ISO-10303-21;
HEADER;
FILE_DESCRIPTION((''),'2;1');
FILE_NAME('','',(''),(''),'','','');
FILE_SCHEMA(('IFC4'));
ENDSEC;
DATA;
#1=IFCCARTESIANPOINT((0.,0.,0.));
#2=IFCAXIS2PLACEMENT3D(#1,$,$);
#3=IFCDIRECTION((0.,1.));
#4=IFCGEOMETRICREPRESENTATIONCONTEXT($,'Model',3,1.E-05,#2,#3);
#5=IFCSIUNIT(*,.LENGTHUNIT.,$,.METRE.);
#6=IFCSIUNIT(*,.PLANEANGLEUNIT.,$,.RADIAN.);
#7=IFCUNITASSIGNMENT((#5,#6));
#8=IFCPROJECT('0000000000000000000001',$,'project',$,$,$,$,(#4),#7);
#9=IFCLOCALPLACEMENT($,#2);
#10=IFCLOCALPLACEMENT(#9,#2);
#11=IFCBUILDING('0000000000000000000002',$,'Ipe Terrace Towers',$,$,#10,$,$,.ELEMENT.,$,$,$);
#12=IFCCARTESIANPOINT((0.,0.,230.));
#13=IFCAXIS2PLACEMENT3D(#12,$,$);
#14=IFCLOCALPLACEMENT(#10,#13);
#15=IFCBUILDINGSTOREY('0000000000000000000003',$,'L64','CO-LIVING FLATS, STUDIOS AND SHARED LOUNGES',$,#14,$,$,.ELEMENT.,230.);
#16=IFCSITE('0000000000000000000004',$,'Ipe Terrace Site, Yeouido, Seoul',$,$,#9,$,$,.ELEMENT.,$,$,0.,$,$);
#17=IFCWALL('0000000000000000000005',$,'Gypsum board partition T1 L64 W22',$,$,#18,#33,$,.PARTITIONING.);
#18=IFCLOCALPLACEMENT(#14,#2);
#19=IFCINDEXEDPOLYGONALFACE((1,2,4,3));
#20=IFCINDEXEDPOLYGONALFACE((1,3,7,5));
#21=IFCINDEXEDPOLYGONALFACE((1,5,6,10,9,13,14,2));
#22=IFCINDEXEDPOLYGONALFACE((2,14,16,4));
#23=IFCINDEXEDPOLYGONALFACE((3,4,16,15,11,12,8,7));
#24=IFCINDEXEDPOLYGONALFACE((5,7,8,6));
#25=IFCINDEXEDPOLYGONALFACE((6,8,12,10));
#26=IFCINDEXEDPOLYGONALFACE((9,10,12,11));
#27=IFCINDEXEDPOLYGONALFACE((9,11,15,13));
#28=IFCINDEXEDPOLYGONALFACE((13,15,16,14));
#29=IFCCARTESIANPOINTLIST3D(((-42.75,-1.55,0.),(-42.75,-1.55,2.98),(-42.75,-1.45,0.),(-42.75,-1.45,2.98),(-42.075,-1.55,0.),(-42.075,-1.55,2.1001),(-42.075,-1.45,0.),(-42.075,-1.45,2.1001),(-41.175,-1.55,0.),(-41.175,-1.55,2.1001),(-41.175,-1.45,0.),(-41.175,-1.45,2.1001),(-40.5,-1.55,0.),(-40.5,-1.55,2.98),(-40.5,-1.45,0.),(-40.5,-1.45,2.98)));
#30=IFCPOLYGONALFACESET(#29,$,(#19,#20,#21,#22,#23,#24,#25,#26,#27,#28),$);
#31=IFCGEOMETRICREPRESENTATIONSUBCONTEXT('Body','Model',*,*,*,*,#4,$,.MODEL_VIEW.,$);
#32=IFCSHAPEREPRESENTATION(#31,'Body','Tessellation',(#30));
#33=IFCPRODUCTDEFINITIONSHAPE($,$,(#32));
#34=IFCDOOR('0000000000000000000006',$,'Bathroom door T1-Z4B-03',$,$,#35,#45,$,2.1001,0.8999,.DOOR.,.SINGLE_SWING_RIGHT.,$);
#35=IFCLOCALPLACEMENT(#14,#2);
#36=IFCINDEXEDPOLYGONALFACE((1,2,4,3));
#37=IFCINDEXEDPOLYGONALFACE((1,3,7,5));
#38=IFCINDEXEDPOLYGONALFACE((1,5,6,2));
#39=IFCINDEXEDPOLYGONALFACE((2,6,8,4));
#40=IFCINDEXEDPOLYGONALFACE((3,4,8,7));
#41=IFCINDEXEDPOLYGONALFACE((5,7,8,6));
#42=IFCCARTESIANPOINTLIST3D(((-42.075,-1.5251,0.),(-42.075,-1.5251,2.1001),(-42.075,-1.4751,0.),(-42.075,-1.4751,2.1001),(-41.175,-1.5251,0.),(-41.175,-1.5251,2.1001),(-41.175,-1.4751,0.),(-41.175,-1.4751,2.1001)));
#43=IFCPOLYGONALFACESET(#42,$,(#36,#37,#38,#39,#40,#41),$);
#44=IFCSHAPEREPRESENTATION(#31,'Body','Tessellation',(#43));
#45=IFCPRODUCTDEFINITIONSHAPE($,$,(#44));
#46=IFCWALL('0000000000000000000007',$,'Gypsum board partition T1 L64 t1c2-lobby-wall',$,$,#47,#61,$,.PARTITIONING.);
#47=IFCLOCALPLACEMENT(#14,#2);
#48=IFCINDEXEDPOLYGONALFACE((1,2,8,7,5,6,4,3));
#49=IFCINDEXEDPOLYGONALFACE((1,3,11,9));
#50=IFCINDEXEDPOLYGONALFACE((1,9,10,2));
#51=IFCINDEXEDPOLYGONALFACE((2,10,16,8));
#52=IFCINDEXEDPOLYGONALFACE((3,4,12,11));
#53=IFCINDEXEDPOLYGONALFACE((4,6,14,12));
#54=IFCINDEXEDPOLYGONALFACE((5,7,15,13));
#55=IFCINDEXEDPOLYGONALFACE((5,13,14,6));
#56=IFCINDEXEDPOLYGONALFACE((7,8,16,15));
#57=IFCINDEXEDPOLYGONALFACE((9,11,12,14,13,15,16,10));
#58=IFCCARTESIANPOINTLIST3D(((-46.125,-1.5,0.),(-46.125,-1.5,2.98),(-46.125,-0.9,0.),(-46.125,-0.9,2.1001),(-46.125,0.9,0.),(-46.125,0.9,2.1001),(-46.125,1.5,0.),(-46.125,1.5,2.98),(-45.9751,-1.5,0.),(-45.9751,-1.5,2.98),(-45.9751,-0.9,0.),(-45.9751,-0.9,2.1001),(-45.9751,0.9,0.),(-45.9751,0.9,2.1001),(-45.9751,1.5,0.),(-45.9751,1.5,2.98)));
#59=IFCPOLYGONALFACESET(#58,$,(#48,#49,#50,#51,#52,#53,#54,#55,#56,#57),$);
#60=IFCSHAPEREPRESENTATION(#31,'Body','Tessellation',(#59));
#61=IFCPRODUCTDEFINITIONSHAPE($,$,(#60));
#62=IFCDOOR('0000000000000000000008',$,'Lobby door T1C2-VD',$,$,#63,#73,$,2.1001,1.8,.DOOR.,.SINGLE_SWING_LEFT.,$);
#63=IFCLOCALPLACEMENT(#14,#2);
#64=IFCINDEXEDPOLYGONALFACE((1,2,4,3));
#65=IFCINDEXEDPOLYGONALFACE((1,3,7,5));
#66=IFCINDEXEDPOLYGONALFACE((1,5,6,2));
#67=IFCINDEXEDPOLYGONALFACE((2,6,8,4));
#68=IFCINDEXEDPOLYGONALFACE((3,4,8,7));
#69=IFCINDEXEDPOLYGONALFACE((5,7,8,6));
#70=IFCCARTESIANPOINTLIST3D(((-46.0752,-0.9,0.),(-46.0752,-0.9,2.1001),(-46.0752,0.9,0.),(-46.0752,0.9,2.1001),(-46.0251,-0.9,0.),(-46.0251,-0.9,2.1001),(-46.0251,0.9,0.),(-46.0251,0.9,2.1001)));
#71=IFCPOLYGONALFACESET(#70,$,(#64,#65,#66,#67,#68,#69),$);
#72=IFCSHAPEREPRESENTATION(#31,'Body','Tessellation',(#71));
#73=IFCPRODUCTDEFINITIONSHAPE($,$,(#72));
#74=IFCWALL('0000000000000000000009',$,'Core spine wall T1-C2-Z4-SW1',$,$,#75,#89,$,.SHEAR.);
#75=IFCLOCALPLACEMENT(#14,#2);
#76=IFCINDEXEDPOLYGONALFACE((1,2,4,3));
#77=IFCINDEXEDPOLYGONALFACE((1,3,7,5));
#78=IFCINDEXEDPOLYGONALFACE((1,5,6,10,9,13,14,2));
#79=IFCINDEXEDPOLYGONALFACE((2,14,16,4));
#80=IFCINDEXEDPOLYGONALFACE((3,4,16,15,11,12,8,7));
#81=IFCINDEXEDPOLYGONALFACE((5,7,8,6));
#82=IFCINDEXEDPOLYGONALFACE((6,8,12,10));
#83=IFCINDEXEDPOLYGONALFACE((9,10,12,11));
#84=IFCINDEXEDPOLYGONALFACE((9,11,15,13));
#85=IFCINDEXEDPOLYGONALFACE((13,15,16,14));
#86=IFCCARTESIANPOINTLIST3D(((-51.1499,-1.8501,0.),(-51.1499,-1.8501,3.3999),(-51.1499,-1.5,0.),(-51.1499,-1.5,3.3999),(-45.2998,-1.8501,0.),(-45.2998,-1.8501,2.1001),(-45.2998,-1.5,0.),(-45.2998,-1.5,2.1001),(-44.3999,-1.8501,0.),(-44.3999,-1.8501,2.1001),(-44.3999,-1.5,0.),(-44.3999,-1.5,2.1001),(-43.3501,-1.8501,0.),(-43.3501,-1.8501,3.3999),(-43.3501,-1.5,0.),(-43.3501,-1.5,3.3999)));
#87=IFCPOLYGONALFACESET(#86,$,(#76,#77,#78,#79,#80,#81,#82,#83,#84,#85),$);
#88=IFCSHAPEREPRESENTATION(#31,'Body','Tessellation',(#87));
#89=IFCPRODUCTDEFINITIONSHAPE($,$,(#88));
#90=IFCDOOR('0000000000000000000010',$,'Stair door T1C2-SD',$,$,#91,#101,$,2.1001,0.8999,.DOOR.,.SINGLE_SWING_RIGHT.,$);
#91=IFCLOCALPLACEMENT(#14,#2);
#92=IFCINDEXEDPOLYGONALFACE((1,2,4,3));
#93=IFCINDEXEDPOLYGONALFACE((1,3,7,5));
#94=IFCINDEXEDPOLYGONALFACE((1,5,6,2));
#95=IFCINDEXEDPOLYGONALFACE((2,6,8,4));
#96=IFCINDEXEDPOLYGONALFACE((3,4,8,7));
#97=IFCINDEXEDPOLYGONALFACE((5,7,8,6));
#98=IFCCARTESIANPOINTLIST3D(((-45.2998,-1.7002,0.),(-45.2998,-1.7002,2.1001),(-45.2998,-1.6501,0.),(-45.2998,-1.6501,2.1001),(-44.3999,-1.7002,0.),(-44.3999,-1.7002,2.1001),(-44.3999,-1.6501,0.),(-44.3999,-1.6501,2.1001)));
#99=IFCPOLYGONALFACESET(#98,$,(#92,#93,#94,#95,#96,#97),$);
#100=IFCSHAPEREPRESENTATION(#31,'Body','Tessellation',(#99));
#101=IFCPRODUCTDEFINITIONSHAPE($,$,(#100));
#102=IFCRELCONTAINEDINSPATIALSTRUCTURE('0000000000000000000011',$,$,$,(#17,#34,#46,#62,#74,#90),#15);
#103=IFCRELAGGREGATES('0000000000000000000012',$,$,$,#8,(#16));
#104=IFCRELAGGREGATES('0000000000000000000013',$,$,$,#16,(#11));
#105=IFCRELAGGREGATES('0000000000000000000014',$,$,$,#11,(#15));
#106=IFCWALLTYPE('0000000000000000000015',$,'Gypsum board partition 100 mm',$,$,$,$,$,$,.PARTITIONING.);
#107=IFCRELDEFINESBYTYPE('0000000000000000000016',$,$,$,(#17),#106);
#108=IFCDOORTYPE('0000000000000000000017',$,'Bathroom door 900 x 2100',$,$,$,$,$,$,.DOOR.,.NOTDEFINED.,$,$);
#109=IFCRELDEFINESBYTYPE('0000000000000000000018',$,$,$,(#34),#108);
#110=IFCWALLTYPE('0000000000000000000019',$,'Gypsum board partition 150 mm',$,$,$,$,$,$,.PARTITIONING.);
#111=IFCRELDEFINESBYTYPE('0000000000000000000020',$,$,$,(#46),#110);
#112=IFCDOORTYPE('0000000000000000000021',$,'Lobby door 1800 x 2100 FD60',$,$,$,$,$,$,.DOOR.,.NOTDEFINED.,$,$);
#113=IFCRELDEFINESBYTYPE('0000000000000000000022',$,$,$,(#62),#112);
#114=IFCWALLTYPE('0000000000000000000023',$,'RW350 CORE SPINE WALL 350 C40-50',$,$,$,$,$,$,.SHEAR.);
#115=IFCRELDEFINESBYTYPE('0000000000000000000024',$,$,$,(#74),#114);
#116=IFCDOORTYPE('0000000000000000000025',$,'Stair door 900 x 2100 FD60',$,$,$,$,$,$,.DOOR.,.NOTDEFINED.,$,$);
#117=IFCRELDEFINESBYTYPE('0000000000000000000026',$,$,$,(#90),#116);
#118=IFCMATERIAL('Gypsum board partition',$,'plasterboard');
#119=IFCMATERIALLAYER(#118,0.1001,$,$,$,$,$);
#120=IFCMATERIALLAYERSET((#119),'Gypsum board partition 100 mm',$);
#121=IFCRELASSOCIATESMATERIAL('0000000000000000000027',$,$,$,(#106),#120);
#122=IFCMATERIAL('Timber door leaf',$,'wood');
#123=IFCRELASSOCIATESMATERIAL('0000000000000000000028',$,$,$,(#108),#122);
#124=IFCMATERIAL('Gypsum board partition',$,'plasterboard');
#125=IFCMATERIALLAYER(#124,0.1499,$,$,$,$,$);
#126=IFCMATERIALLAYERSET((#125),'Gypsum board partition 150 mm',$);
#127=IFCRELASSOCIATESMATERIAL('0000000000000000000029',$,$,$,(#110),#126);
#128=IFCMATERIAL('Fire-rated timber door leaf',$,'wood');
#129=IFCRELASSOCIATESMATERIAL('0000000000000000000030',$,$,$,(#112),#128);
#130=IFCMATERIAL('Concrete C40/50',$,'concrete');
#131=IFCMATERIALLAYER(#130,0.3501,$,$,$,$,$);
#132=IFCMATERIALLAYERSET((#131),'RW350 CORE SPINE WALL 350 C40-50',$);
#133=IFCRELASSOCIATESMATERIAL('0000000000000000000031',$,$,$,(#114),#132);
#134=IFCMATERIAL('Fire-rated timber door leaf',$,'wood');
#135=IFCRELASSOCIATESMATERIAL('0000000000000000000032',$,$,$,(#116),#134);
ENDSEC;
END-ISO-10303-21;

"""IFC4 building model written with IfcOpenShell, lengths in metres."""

from ifc_helpers import new_model, si_unit, direction, frame, frame_2d, origin, place, context, subcontext, project, spatial, rectangle, extrude, material, layer, layer_set, type_object, element, fill, save


model = new_model("IFC4")

# Units and contexts
model_context = context("Model", 3, precision=1e-05, world=origin(), true_north=direction((0.0, 1.0)))
body_context = subcontext(model_context, "Body", "Model", "MODEL_VIEW")
ifc_project = project(units=[si_unit("LENGTHUNIT", "METRE"), si_unit("PLANEANGLEUNIT", "RADIAN")], contexts=[model_context])

# Site, building, storey
site_placement = place(None, origin())
site = spatial("IfcSite", under=ifc_project, at=site_placement, Name="Ipe Terrace Site, Yeouido, Seoul", CompositionType="ELEMENT", RefElevation=0.0)
building_placement = place(site_placement, origin())
building = spatial("IfcBuilding", under=site, at=building_placement, Name="Ipe Terrace Towers", CompositionType="ELEMENT")
storey_placement = place(building_placement, frame((0.0, 0.0, 230.0)))
storey = spatial("IfcBuildingStorey", under=building, at=storey_placement, Name="L64", Description="CO-LIVING FLATS, STUDIOS AND SHARED LOUNGES", CompositionType="ELEMENT", Elevation=230.0)

# Walls, openings, doors
ifc_material_1 = material(Name="Gypsum board partition", Category="plasterboard")
ifc_layer_1 = layer(ifc_material_1, 0.1001)
ifc_layer_set_1 = layer_set([ifc_layer_1], Name="Gypsum board partition 100 mm")
wall_type_1 = type_object("IfcWallType", Name="Gypsum board partition 100 mm", PredefinedType="PARTITIONING", material=ifc_layer_set_1)
wall_1_placement = place(storey_placement, frame((-42.75, -1.5, 0.0), z_axis=(0.0, 0.0, 1.0), x_axis=(1.0, 0.0, 0.0)))
wall_1 = element("IfcWall", 1, at=wall_1_placement, inside=storey, type_object=wall_type_1, Name="Gypsum board partition T1 L64 W22", PredefinedType="PARTITIONING", context=body_context, shape_type="SweptSolid", body=[
    extrude(rectangle(XDim=2.25, YDim=0.1001, at=frame_2d((1.125, 0.0))), origin(), (0.0, 0.0, 1.0), 2.98),
])
opening_1_placement = place(wall_1_placement, frame((0.675, 0.0, 0.0)))
opening_1 = element("IfcOpeningElement", 2, at=opening_1_placement, cuts=wall_1, PredefinedType="OPENING", context=body_context, shape_type="SweptSolid", body=[
    extrude(rectangle(XDim=0.8999, YDim=2.1001, at=frame_2d((0.45, 1.05))), frame((0.0, 0.0601, 0.0), z_axis=(0.0, -1.0, 0.0), x_axis=(1.0, 0.0, 0.0)), (0.0, 0.0, 1.0), 0.1201),
])
ifc_material_2 = material(Name="Timber door leaf", Category="wood")
door_type_1 = type_object("IfcDoorType", Name="Bathroom door 900 x 2100", OperationType="NOTDEFINED", PredefinedType="DOOR", material=ifc_material_2)
door_1_placement = place(opening_1_placement, origin())
door_1 = element("IfcDoor", 3, at=door_1_placement, inside=storey, type_object=door_type_1, Name="Bathroom door T1-Z4B-03", OperationType="SINGLE_SWING_RIGHT", OverallHeight=2.1001, OverallWidth=0.8999, PredefinedType="DOOR", context=body_context, shape_type="SweptSolid", body=[
    extrude(rectangle(XDim=0.8999, YDim=2.1001, at=frame_2d((0.45, 1.05))), frame((0.0, 0.0249, 0.0), z_axis=(0.0, -1.0, 0.0), x_axis=(1.0, 0.0, 0.0)), (0.0, 0.0, 1.0), 0.05),
])
fill(opening_1, door_1)
ifc_material_3 = material(Name="Gypsum board partition", Category="plasterboard")
ifc_layer_2 = layer(ifc_material_3, 0.1499)
ifc_layer_set_2 = layer_set([ifc_layer_2], Name="Gypsum board partition 150 mm")
wall_type_2 = type_object("IfcWallType", Name="Gypsum board partition 150 mm", PredefinedType="PARTITIONING", material=ifc_layer_set_2)
wall_2_placement = place(storey_placement, frame((-46.05, 1.5, 0.0), z_axis=(0.0, 0.0, 1.0), x_axis=(0.0, -1.0, 0.0)))
wall_2 = element("IfcWall", 4, at=wall_2_placement, inside=storey, type_object=wall_type_2, Name="Gypsum board partition T1 L64 t1c2-lobby-wall", PredefinedType="PARTITIONING", context=body_context, shape_type="SweptSolid", body=[
    extrude(rectangle(XDim=3.0, YDim=0.1499, at=frame_2d((1.5, 0.0))), origin(), (0.0, 0.0, 1.0), 2.98),
])
opening_2_placement = place(wall_2_placement, frame((0.6001, 0.0, 0.0)))
opening_2 = element("IfcOpeningElement", 5, at=opening_2_placement, cuts=wall_2, PredefinedType="OPENING", context=body_context, shape_type="SweptSolid", body=[
    extrude(rectangle(XDim=1.8, YDim=2.1001, at=frame_2d((0.8999, 1.05))), frame((0.0, 0.085, 0.0), z_axis=(0.0, -1.0, 0.0), x_axis=(1.0, 0.0, 0.0)), (0.0, 0.0, 1.0), 0.1699),
])
ifc_material_4 = material(Name="Fire-rated timber door leaf", Category="wood")
door_type_2 = type_object("IfcDoorType", Name="Lobby door 1800 x 2100 FD60", OperationType="NOTDEFINED", PredefinedType="DOOR", material=ifc_material_4)
door_2_placement = place(opening_2_placement, origin())
door_2 = element("IfcDoor", 6, at=door_2_placement, inside=storey, type_object=door_type_2, Name="Lobby door T1C2-VD", OperationType="SINGLE_SWING_LEFT", OverallHeight=2.1001, OverallWidth=1.8, PredefinedType="DOOR", context=body_context, shape_type="SweptSolid", body=[
    extrude(rectangle(XDim=1.8, YDim=2.1001, at=frame_2d((0.8999, 1.05))), frame((0.0, 0.0249, 0.0), z_axis=(0.0, -1.0, 0.0), x_axis=(1.0, 0.0, 0.0)), (0.0, 0.0, 1.0), 0.05),
])
fill(opening_2, door_2)
ifc_material_5 = material(Name="Concrete C40/50", Category="concrete")
ifc_layer_3 = layer(ifc_material_5, 0.3501)
ifc_layer_set_3 = layer_set([ifc_layer_3], Name="RW350 CORE SPINE WALL 350 C40-50")
wall_type_3 = type_object("IfcWallType", Name="RW350 CORE SPINE WALL 350 C40-50", PredefinedType="SHEAR", material=ifc_layer_set_3)
wall_3_placement = place(storey_placement, frame((-51.1499, -1.675, 0.0), z_axis=(0.0, 0.0, 1.0), x_axis=(1.0, 0.0, 0.0)))
wall_3 = element("IfcWall", 7, at=wall_3_placement, inside=storey, type_object=wall_type_3, Name="Core spine wall T1-C2-Z4-SW1", PredefinedType="SHEAR", context=body_context, shape_type="SweptSolid", body=[
    extrude(rectangle(XDim=7.7998, YDim=0.3501, at=frame_2d((3.8999, 0.0))), origin(), (0.0, 0.0, 1.0), 3.3999),
])
opening_3_placement = place(wall_3_placement, frame((5.8501, 0.0, 0.0)))
opening_3 = element("IfcOpeningElement", 8, at=opening_3_placement, cuts=wall_3, PredefinedType="OPENING", context=body_context, shape_type="SweptSolid", body=[
    extrude(rectangle(XDim=0.8999, YDim=2.1001, at=frame_2d((0.45, 1.05))), frame((0.0, 0.1851, 0.0), z_axis=(0.0, -1.0, 0.0), x_axis=(1.0, 0.0, 0.0)), (0.0, 0.0, 1.0), 0.3701),
])
ifc_material_6 = material(Name="Fire-rated timber door leaf", Category="wood")
door_type_3 = type_object("IfcDoorType", Name="Stair door 900 x 2100 FD60", OperationType="NOTDEFINED", PredefinedType="DOOR", material=ifc_material_6)
door_3_placement = place(opening_3_placement, origin())
door_3 = element("IfcDoor", 9, at=door_3_placement, inside=storey, type_object=door_type_3, Name="Stair door T1C2-SD", OperationType="SINGLE_SWING_RIGHT", OverallHeight=2.1001, OverallWidth=0.8999, PredefinedType="DOOR", context=body_context, shape_type="SweptSolid", body=[
    extrude(rectangle(XDim=0.8999, YDim=2.1001, at=frame_2d((0.45, 1.05))), frame((0.0, 0.0249, 0.0), z_axis=(0.0, -1.0, 0.0), x_axis=(1.0, 0.0, 0.0)), (0.0, 0.0, 1.0), 0.05),
])
fill(opening_3, door_3)

save(model, "model.ifc")
